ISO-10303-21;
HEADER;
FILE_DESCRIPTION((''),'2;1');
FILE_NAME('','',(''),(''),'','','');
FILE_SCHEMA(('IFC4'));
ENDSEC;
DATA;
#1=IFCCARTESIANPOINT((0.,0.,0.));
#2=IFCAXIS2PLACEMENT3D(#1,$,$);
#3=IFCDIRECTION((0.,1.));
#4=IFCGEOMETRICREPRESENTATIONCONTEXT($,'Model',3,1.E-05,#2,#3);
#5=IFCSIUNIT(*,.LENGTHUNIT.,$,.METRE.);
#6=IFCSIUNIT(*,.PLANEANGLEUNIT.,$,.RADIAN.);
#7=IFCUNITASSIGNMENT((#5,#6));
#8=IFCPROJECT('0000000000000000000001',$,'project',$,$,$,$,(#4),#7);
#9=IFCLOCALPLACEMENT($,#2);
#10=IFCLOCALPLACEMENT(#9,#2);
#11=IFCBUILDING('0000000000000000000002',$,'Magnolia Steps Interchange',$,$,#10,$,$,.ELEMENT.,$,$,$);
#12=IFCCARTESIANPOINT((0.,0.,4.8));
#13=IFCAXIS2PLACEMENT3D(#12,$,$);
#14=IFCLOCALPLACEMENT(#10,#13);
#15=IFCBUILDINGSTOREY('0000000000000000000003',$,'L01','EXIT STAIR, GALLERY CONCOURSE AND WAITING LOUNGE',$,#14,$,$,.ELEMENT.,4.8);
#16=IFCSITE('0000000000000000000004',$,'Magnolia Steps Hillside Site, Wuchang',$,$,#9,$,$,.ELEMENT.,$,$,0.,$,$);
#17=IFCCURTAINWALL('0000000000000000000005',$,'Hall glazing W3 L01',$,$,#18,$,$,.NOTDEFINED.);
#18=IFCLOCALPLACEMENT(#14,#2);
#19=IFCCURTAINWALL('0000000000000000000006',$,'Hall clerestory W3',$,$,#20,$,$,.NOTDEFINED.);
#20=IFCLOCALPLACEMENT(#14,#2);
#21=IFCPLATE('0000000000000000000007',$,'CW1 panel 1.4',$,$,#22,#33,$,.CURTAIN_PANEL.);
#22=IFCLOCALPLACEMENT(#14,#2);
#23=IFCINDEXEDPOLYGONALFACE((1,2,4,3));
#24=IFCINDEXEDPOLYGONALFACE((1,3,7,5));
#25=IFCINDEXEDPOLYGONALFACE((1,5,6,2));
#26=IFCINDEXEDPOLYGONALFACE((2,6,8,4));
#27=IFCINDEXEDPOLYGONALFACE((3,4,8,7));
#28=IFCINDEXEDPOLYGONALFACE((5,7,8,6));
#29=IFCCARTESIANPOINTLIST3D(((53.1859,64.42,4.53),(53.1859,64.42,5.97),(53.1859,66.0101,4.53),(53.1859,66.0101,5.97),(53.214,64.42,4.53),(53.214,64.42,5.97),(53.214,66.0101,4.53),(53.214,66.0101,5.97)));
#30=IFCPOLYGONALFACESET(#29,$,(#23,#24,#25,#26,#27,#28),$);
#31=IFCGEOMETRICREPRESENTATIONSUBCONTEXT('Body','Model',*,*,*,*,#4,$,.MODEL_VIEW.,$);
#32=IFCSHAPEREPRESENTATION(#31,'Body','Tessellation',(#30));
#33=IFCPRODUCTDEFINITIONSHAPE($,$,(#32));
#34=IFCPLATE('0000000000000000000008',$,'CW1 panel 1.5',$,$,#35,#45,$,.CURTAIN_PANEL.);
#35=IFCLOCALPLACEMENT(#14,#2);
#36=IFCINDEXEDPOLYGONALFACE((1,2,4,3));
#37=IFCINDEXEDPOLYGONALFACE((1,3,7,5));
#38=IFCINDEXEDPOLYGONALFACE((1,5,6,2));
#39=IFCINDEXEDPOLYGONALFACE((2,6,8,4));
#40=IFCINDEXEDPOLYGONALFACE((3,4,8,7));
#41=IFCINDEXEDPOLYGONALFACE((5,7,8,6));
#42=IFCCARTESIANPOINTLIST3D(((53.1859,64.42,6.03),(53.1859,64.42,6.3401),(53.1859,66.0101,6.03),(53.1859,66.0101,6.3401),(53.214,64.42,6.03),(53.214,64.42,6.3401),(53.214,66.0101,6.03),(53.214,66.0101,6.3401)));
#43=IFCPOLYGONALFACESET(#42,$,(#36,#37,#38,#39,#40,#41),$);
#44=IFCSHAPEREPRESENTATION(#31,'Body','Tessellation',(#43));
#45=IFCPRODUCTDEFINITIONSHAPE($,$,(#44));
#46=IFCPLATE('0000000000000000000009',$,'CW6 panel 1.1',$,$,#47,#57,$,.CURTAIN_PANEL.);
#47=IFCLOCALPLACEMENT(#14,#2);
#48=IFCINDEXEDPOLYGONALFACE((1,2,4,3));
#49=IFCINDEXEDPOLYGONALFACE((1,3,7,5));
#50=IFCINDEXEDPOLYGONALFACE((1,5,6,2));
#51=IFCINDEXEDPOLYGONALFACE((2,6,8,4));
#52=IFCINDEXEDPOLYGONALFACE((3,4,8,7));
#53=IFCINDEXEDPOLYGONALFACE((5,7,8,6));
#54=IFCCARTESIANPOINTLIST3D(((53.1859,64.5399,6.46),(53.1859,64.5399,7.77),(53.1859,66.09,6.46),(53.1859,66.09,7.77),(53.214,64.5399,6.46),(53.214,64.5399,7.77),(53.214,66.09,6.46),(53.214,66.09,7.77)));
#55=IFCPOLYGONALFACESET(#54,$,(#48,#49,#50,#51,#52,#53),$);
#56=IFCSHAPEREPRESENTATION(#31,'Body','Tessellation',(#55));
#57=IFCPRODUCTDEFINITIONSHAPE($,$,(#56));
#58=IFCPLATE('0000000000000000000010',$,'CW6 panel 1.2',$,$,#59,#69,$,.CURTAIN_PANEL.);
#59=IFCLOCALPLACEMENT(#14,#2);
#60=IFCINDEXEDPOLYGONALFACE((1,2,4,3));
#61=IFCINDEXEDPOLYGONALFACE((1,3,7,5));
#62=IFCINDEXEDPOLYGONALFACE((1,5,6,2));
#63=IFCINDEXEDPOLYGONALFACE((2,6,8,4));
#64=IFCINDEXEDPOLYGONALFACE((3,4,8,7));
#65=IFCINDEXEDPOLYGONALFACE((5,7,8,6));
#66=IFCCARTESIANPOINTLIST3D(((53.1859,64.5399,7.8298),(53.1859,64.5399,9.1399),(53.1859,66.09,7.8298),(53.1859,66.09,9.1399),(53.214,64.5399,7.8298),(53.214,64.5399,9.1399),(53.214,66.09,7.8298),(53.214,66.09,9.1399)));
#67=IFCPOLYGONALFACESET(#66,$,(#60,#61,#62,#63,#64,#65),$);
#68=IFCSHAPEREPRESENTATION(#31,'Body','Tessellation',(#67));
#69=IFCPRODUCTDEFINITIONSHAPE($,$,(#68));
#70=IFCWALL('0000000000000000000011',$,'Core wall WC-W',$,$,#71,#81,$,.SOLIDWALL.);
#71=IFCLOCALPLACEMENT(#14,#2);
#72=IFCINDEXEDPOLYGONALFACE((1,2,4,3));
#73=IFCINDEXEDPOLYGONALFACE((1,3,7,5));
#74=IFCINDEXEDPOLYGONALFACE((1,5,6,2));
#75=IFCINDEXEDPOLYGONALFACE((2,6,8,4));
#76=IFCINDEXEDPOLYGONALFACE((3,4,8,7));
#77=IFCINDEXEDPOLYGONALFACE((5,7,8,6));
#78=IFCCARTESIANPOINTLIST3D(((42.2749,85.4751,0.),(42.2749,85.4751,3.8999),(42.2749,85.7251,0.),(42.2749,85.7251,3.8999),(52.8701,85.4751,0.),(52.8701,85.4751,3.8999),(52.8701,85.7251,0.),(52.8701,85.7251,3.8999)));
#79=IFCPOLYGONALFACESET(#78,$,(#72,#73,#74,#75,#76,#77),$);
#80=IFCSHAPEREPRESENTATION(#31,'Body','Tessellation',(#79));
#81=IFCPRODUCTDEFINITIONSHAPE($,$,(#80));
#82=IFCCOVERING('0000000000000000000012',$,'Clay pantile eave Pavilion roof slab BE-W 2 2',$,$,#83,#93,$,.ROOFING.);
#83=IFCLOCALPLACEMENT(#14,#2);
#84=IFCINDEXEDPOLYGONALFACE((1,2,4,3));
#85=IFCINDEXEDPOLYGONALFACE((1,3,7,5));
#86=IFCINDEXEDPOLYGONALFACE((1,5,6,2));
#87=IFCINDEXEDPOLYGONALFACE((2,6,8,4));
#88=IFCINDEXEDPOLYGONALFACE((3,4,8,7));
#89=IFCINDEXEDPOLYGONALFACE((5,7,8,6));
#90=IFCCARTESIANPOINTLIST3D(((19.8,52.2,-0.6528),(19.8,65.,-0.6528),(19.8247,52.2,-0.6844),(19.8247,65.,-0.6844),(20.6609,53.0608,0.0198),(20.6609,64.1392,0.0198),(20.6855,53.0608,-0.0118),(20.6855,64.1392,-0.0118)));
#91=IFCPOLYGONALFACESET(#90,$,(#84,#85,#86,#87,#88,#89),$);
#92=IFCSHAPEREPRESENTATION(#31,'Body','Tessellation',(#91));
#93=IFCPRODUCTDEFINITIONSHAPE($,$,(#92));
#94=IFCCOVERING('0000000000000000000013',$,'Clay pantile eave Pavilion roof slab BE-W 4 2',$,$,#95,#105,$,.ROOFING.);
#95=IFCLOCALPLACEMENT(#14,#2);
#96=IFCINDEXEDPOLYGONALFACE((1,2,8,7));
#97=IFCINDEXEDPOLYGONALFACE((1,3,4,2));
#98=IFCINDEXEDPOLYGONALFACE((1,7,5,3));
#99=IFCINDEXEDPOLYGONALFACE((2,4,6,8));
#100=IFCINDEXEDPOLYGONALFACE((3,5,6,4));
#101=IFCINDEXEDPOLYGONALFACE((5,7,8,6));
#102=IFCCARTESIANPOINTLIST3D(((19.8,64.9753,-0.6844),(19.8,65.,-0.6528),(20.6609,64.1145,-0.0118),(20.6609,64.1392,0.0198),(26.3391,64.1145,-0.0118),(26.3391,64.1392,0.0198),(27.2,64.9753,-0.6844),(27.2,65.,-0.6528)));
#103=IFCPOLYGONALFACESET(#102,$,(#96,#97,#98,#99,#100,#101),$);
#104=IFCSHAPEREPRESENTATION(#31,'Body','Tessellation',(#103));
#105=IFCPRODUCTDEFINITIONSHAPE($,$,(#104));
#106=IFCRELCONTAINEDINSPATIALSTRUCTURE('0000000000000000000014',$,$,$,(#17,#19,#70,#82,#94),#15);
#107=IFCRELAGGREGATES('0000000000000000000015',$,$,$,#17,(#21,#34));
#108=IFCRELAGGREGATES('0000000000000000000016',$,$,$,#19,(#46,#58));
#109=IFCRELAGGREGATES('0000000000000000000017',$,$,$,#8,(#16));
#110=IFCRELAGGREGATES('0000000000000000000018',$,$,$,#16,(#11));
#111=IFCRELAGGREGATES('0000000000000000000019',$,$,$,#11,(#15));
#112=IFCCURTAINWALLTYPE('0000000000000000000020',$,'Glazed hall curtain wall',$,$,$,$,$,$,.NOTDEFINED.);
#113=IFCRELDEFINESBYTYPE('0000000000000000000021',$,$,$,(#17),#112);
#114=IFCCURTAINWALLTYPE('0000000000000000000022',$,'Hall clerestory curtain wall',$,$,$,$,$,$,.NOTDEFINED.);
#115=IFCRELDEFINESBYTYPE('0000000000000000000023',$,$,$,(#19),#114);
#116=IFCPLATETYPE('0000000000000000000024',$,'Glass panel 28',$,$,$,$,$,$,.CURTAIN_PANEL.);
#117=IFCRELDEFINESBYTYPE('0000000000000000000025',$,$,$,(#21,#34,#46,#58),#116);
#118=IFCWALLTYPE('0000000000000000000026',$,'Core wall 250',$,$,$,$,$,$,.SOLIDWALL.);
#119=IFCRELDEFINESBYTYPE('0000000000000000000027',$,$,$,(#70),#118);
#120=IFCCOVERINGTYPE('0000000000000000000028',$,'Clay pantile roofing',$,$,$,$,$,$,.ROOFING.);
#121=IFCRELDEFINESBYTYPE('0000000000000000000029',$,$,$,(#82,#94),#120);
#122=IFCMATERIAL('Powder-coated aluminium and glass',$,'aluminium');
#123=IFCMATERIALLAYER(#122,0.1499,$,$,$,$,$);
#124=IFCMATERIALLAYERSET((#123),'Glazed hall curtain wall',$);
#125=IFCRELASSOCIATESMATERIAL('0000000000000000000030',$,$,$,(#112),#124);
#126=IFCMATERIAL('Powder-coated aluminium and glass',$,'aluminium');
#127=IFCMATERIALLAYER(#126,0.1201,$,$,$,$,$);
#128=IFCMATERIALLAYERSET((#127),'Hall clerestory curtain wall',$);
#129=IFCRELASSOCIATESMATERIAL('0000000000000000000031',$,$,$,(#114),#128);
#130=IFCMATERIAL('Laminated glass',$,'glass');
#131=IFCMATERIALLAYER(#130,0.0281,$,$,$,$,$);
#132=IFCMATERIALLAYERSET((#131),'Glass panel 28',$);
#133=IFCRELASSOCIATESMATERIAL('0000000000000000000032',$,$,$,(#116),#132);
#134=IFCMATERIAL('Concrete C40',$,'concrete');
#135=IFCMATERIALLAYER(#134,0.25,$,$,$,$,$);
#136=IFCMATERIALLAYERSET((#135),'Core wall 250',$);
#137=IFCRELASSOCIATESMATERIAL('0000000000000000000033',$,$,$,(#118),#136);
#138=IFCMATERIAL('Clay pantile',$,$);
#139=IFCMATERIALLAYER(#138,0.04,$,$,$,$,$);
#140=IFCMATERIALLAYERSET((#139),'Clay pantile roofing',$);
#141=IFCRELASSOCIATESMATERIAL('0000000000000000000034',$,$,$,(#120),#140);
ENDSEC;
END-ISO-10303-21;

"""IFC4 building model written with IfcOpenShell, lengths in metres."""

from ifc_helpers import new_model, si_unit, direction, frame, frame_2d, origin, origin_2d, place, context, subcontext, project, spatial, polyline, rectangle, outline, extrude, material, layer, layer_set, type_object, element, aggregate, save


model = new_model("IFC4")

# Units and contexts
model_context = context("Model", 3, precision=1e-05, world=origin(), true_north=direction((0.0, 1.0)))
body_context = subcontext(model_context, "Body", "Model", "MODEL_VIEW")
ifc_project = project(units=[si_unit("LENGTHUNIT", "METRE"), si_unit("PLANEANGLEUNIT", "RADIAN")], contexts=[model_context])

# Site, building, storey
site_placement = place(None, origin())
site = spatial("IfcSite", under=ifc_project, at=site_placement, Name="Magnolia Steps Hillside Site, Wuchang", CompositionType="ELEMENT", RefElevation=0.0)
building_placement = place(site_placement, origin())
building = spatial("IfcBuilding", under=site, at=building_placement, Name="Magnolia Steps Interchange", CompositionType="ELEMENT")
storey_placement = place(building_placement, frame((0.0, 0.0, 4.8)))
storey = spatial("IfcBuildingStorey", under=building, at=storey_placement, Name="L01", Description="EXIT STAIR, GALLERY CONCOURSE AND WAITING LOUNGE", CompositionType="ELEMENT", Elevation=4.8)

# Curtain walls
ifc_material_1 = material(Name="Powder-coated aluminium and glass", Category="aluminium")
ifc_layer_1 = layer(ifc_material_1, 0.1499)
ifc_layer_set_1 = layer_set([ifc_layer_1], Name="Glazed hall curtain wall")
curtain_wall_type_1 = type_object("IfcCurtainWallType", Name="Glazed hall curtain wall", PredefinedType="NOTDEFINED", material=ifc_layer_set_1)
curtain_wall_1_placement = place(storey_placement, origin())
curtain_wall_1 = element("IfcCurtainWall", 1, at=curtain_wall_1_placement, inside=storey, type_object=curtain_wall_type_1, Name="Hall glazing W3 L01", PredefinedType="NOTDEFINED")
ifc_material_2 = material(Name="Powder-coated aluminium and glass", Category="aluminium")
ifc_layer_2 = layer(ifc_material_2, 0.1201)
ifc_layer_set_2 = layer_set([ifc_layer_2], Name="Hall clerestory curtain wall")
curtain_wall_type_2 = type_object("IfcCurtainWallType", Name="Hall clerestory curtain wall", PredefinedType="NOTDEFINED", material=ifc_layer_set_2)
curtain_wall_2_placement = place(storey_placement, origin())
curtain_wall_2 = element("IfcCurtainWall", 2, at=curtain_wall_2_placement, inside=storey, type_object=curtain_wall_type_2, Name="Hall clerestory W3", PredefinedType="NOTDEFINED")

# Plates
ifc_material_3 = material(Name="Laminated glass", Category="glass")
ifc_layer_3 = layer(ifc_material_3, 0.0281)
ifc_layer_set_3 = layer_set([ifc_layer_3], Name="Glass panel 28")
plate_type = type_object("IfcPlateType", Name="Glass panel 28", PredefinedType="CURTAIN_PANEL", material=ifc_layer_set_3)
plate_1_placement = place(storey_placement, frame((53.2, 65.2151, 4.53), z_axis=(0.0, 0.0, 1.0), x_axis=(0.0, 1.0, 0.0)))
plate_1 = element("IfcPlate", 3, at=plate_1_placement, type_object=plate_type, Name="CW1 panel 1.4", PredefinedType="CURTAIN_PANEL", context=body_context, shape_type="SweptSolid", body=[
    extrude(rectangle(XDim=1.5901, YDim=0.0281, at=origin_2d()), origin(), (0.0, 0.0, 1.0), 1.4399),
])
plate_2_placement = place(storey_placement, frame((53.2, 65.2151, 6.03), z_axis=(0.0, 0.0, 1.0), x_axis=(0.0, 1.0, 0.0)))
plate_2 = element("IfcPlate", 4, at=plate_2_placement, type_object=plate_type, Name="CW1 panel 1.5", PredefinedType="CURTAIN_PANEL", context=body_context, shape_type="SweptSolid", body=[
    extrude(rectangle(XDim=1.5901, YDim=0.0281, at=origin_2d()), origin(), (0.0, 0.0, 1.0), 0.3101),
])
aggregate(curtain_wall_1, [plate_1, plate_2])
plate_3_placement = place(storey_placement, frame((53.2, 65.3149, 6.46), z_axis=(0.0, 0.0, 1.0), x_axis=(0.0, 1.0, 0.0)))
plate_3 = element("IfcPlate", 5, at=plate_3_placement, type_object=plate_type, Name="CW6 panel 1.1", PredefinedType="CURTAIN_PANEL", context=body_context, shape_type="SweptSolid", body=[
    extrude(rectangle(XDim=1.55, YDim=0.0281, at=origin_2d()), origin(), (0.0, 0.0, 1.0), 1.3101),
])
plate_4_placement = place(storey_placement, frame((53.2, 65.3149, 7.8298), z_axis=(0.0, 0.0, 1.0), x_axis=(0.0, 1.0, 0.0)))
plate_4 = element("IfcPlate", 6, at=plate_4_placement, type_object=plate_type, Name="CW6 panel 1.2", PredefinedType="CURTAIN_PANEL", context=body_context, shape_type="SweptSolid", body=[
    extrude(rectangle(XDim=1.55, YDim=0.0281, at=origin_2d()), origin(), (0.0, 0.0, 1.0), 1.3101),
])
aggregate(curtain_wall_2, [plate_3, plate_4])

# Wall
ifc_material_4 = material(Name="Concrete C40", Category="concrete")
ifc_layer_4 = layer(ifc_material_4, 0.25)
ifc_layer_set_4 = layer_set([ifc_layer_4], Name="Core wall 250")
wall_type = type_object("IfcWallType", Name="Core wall 250", PredefinedType="SOLIDWALL", material=ifc_layer_set_4)
wall_placement = place(storey_placement, frame((42.2749, 85.6001, 0.0), z_axis=(0.0, 0.0, 1.0), x_axis=(1.0, 0.0, 0.0)))
element("IfcWall", 7, at=wall_placement, inside=storey, type_object=wall_type, Name="Core wall WC-W", PredefinedType="SOLIDWALL", context=body_context, shape_type="SweptSolid", body=[
    extrude(rectangle(XDim=10.5952, YDim=0.25, at=frame_2d((5.2976, 0.0))), origin(), (0.0, 0.0, 1.0), 3.8999),
])

# Coverings
ifc_material_5 = material(Name="Clay pantile")
ifc_layer_5 = layer(ifc_material_5, 0.04)
ifc_layer_set_5 = layer_set([ifc_layer_5], Name="Clay pantile roofing")
covering_type = type_object("IfcCoveringType", Name="Clay pantile roofing", PredefinedType="ROOFING", material=ifc_layer_set_5)
covering_1_placement = place(storey_placement, frame((20.6609, 64.1392, 0.0198), z_axis=(-0.615687, 0.0, 0.78799), x_axis=(0.0, -1.0, 0.0)))
element("IfcCovering", 8, at=covering_1_placement, inside=storey, type_object=covering_type, Name="Clay pantile eave Pavilion roof slab BE-W 2 2", PredefinedType="ROOFING", context=body_context, shape_type="SweptSolid", body=[
    extrude(outline(polyline([(0.0, 0.0), (11.0784, 0.0), (11.9392, -1.0924), (-0.8608, -1.0924), (0.0, 0.0)])), origin(), (0.0, 0.0, -1.0), 0.04),
])
covering_2_placement = place(storey_placement, frame((19.8, 65.0, -0.6528), z_axis=(0.0, 0.615687, 0.78799), x_axis=(1.0, 0.0, 0.0)))
element("IfcCovering", 9, at=covering_2_placement, inside=storey, type_object=covering_type, Name="Clay pantile eave Pavilion roof slab BE-W 4 2", PredefinedType="ROOFING", context=body_context, shape_type="SweptSolid", body=[
    extrude(outline(polyline([(0.0, 0.0), (7.3999, 0.0), (6.5391, -1.0924), (0.8608, -1.0924), (0.0, 0.0)])), origin(), (0.0, 0.0, -1.0), 0.04),
])

save(model, "model.ifc")
